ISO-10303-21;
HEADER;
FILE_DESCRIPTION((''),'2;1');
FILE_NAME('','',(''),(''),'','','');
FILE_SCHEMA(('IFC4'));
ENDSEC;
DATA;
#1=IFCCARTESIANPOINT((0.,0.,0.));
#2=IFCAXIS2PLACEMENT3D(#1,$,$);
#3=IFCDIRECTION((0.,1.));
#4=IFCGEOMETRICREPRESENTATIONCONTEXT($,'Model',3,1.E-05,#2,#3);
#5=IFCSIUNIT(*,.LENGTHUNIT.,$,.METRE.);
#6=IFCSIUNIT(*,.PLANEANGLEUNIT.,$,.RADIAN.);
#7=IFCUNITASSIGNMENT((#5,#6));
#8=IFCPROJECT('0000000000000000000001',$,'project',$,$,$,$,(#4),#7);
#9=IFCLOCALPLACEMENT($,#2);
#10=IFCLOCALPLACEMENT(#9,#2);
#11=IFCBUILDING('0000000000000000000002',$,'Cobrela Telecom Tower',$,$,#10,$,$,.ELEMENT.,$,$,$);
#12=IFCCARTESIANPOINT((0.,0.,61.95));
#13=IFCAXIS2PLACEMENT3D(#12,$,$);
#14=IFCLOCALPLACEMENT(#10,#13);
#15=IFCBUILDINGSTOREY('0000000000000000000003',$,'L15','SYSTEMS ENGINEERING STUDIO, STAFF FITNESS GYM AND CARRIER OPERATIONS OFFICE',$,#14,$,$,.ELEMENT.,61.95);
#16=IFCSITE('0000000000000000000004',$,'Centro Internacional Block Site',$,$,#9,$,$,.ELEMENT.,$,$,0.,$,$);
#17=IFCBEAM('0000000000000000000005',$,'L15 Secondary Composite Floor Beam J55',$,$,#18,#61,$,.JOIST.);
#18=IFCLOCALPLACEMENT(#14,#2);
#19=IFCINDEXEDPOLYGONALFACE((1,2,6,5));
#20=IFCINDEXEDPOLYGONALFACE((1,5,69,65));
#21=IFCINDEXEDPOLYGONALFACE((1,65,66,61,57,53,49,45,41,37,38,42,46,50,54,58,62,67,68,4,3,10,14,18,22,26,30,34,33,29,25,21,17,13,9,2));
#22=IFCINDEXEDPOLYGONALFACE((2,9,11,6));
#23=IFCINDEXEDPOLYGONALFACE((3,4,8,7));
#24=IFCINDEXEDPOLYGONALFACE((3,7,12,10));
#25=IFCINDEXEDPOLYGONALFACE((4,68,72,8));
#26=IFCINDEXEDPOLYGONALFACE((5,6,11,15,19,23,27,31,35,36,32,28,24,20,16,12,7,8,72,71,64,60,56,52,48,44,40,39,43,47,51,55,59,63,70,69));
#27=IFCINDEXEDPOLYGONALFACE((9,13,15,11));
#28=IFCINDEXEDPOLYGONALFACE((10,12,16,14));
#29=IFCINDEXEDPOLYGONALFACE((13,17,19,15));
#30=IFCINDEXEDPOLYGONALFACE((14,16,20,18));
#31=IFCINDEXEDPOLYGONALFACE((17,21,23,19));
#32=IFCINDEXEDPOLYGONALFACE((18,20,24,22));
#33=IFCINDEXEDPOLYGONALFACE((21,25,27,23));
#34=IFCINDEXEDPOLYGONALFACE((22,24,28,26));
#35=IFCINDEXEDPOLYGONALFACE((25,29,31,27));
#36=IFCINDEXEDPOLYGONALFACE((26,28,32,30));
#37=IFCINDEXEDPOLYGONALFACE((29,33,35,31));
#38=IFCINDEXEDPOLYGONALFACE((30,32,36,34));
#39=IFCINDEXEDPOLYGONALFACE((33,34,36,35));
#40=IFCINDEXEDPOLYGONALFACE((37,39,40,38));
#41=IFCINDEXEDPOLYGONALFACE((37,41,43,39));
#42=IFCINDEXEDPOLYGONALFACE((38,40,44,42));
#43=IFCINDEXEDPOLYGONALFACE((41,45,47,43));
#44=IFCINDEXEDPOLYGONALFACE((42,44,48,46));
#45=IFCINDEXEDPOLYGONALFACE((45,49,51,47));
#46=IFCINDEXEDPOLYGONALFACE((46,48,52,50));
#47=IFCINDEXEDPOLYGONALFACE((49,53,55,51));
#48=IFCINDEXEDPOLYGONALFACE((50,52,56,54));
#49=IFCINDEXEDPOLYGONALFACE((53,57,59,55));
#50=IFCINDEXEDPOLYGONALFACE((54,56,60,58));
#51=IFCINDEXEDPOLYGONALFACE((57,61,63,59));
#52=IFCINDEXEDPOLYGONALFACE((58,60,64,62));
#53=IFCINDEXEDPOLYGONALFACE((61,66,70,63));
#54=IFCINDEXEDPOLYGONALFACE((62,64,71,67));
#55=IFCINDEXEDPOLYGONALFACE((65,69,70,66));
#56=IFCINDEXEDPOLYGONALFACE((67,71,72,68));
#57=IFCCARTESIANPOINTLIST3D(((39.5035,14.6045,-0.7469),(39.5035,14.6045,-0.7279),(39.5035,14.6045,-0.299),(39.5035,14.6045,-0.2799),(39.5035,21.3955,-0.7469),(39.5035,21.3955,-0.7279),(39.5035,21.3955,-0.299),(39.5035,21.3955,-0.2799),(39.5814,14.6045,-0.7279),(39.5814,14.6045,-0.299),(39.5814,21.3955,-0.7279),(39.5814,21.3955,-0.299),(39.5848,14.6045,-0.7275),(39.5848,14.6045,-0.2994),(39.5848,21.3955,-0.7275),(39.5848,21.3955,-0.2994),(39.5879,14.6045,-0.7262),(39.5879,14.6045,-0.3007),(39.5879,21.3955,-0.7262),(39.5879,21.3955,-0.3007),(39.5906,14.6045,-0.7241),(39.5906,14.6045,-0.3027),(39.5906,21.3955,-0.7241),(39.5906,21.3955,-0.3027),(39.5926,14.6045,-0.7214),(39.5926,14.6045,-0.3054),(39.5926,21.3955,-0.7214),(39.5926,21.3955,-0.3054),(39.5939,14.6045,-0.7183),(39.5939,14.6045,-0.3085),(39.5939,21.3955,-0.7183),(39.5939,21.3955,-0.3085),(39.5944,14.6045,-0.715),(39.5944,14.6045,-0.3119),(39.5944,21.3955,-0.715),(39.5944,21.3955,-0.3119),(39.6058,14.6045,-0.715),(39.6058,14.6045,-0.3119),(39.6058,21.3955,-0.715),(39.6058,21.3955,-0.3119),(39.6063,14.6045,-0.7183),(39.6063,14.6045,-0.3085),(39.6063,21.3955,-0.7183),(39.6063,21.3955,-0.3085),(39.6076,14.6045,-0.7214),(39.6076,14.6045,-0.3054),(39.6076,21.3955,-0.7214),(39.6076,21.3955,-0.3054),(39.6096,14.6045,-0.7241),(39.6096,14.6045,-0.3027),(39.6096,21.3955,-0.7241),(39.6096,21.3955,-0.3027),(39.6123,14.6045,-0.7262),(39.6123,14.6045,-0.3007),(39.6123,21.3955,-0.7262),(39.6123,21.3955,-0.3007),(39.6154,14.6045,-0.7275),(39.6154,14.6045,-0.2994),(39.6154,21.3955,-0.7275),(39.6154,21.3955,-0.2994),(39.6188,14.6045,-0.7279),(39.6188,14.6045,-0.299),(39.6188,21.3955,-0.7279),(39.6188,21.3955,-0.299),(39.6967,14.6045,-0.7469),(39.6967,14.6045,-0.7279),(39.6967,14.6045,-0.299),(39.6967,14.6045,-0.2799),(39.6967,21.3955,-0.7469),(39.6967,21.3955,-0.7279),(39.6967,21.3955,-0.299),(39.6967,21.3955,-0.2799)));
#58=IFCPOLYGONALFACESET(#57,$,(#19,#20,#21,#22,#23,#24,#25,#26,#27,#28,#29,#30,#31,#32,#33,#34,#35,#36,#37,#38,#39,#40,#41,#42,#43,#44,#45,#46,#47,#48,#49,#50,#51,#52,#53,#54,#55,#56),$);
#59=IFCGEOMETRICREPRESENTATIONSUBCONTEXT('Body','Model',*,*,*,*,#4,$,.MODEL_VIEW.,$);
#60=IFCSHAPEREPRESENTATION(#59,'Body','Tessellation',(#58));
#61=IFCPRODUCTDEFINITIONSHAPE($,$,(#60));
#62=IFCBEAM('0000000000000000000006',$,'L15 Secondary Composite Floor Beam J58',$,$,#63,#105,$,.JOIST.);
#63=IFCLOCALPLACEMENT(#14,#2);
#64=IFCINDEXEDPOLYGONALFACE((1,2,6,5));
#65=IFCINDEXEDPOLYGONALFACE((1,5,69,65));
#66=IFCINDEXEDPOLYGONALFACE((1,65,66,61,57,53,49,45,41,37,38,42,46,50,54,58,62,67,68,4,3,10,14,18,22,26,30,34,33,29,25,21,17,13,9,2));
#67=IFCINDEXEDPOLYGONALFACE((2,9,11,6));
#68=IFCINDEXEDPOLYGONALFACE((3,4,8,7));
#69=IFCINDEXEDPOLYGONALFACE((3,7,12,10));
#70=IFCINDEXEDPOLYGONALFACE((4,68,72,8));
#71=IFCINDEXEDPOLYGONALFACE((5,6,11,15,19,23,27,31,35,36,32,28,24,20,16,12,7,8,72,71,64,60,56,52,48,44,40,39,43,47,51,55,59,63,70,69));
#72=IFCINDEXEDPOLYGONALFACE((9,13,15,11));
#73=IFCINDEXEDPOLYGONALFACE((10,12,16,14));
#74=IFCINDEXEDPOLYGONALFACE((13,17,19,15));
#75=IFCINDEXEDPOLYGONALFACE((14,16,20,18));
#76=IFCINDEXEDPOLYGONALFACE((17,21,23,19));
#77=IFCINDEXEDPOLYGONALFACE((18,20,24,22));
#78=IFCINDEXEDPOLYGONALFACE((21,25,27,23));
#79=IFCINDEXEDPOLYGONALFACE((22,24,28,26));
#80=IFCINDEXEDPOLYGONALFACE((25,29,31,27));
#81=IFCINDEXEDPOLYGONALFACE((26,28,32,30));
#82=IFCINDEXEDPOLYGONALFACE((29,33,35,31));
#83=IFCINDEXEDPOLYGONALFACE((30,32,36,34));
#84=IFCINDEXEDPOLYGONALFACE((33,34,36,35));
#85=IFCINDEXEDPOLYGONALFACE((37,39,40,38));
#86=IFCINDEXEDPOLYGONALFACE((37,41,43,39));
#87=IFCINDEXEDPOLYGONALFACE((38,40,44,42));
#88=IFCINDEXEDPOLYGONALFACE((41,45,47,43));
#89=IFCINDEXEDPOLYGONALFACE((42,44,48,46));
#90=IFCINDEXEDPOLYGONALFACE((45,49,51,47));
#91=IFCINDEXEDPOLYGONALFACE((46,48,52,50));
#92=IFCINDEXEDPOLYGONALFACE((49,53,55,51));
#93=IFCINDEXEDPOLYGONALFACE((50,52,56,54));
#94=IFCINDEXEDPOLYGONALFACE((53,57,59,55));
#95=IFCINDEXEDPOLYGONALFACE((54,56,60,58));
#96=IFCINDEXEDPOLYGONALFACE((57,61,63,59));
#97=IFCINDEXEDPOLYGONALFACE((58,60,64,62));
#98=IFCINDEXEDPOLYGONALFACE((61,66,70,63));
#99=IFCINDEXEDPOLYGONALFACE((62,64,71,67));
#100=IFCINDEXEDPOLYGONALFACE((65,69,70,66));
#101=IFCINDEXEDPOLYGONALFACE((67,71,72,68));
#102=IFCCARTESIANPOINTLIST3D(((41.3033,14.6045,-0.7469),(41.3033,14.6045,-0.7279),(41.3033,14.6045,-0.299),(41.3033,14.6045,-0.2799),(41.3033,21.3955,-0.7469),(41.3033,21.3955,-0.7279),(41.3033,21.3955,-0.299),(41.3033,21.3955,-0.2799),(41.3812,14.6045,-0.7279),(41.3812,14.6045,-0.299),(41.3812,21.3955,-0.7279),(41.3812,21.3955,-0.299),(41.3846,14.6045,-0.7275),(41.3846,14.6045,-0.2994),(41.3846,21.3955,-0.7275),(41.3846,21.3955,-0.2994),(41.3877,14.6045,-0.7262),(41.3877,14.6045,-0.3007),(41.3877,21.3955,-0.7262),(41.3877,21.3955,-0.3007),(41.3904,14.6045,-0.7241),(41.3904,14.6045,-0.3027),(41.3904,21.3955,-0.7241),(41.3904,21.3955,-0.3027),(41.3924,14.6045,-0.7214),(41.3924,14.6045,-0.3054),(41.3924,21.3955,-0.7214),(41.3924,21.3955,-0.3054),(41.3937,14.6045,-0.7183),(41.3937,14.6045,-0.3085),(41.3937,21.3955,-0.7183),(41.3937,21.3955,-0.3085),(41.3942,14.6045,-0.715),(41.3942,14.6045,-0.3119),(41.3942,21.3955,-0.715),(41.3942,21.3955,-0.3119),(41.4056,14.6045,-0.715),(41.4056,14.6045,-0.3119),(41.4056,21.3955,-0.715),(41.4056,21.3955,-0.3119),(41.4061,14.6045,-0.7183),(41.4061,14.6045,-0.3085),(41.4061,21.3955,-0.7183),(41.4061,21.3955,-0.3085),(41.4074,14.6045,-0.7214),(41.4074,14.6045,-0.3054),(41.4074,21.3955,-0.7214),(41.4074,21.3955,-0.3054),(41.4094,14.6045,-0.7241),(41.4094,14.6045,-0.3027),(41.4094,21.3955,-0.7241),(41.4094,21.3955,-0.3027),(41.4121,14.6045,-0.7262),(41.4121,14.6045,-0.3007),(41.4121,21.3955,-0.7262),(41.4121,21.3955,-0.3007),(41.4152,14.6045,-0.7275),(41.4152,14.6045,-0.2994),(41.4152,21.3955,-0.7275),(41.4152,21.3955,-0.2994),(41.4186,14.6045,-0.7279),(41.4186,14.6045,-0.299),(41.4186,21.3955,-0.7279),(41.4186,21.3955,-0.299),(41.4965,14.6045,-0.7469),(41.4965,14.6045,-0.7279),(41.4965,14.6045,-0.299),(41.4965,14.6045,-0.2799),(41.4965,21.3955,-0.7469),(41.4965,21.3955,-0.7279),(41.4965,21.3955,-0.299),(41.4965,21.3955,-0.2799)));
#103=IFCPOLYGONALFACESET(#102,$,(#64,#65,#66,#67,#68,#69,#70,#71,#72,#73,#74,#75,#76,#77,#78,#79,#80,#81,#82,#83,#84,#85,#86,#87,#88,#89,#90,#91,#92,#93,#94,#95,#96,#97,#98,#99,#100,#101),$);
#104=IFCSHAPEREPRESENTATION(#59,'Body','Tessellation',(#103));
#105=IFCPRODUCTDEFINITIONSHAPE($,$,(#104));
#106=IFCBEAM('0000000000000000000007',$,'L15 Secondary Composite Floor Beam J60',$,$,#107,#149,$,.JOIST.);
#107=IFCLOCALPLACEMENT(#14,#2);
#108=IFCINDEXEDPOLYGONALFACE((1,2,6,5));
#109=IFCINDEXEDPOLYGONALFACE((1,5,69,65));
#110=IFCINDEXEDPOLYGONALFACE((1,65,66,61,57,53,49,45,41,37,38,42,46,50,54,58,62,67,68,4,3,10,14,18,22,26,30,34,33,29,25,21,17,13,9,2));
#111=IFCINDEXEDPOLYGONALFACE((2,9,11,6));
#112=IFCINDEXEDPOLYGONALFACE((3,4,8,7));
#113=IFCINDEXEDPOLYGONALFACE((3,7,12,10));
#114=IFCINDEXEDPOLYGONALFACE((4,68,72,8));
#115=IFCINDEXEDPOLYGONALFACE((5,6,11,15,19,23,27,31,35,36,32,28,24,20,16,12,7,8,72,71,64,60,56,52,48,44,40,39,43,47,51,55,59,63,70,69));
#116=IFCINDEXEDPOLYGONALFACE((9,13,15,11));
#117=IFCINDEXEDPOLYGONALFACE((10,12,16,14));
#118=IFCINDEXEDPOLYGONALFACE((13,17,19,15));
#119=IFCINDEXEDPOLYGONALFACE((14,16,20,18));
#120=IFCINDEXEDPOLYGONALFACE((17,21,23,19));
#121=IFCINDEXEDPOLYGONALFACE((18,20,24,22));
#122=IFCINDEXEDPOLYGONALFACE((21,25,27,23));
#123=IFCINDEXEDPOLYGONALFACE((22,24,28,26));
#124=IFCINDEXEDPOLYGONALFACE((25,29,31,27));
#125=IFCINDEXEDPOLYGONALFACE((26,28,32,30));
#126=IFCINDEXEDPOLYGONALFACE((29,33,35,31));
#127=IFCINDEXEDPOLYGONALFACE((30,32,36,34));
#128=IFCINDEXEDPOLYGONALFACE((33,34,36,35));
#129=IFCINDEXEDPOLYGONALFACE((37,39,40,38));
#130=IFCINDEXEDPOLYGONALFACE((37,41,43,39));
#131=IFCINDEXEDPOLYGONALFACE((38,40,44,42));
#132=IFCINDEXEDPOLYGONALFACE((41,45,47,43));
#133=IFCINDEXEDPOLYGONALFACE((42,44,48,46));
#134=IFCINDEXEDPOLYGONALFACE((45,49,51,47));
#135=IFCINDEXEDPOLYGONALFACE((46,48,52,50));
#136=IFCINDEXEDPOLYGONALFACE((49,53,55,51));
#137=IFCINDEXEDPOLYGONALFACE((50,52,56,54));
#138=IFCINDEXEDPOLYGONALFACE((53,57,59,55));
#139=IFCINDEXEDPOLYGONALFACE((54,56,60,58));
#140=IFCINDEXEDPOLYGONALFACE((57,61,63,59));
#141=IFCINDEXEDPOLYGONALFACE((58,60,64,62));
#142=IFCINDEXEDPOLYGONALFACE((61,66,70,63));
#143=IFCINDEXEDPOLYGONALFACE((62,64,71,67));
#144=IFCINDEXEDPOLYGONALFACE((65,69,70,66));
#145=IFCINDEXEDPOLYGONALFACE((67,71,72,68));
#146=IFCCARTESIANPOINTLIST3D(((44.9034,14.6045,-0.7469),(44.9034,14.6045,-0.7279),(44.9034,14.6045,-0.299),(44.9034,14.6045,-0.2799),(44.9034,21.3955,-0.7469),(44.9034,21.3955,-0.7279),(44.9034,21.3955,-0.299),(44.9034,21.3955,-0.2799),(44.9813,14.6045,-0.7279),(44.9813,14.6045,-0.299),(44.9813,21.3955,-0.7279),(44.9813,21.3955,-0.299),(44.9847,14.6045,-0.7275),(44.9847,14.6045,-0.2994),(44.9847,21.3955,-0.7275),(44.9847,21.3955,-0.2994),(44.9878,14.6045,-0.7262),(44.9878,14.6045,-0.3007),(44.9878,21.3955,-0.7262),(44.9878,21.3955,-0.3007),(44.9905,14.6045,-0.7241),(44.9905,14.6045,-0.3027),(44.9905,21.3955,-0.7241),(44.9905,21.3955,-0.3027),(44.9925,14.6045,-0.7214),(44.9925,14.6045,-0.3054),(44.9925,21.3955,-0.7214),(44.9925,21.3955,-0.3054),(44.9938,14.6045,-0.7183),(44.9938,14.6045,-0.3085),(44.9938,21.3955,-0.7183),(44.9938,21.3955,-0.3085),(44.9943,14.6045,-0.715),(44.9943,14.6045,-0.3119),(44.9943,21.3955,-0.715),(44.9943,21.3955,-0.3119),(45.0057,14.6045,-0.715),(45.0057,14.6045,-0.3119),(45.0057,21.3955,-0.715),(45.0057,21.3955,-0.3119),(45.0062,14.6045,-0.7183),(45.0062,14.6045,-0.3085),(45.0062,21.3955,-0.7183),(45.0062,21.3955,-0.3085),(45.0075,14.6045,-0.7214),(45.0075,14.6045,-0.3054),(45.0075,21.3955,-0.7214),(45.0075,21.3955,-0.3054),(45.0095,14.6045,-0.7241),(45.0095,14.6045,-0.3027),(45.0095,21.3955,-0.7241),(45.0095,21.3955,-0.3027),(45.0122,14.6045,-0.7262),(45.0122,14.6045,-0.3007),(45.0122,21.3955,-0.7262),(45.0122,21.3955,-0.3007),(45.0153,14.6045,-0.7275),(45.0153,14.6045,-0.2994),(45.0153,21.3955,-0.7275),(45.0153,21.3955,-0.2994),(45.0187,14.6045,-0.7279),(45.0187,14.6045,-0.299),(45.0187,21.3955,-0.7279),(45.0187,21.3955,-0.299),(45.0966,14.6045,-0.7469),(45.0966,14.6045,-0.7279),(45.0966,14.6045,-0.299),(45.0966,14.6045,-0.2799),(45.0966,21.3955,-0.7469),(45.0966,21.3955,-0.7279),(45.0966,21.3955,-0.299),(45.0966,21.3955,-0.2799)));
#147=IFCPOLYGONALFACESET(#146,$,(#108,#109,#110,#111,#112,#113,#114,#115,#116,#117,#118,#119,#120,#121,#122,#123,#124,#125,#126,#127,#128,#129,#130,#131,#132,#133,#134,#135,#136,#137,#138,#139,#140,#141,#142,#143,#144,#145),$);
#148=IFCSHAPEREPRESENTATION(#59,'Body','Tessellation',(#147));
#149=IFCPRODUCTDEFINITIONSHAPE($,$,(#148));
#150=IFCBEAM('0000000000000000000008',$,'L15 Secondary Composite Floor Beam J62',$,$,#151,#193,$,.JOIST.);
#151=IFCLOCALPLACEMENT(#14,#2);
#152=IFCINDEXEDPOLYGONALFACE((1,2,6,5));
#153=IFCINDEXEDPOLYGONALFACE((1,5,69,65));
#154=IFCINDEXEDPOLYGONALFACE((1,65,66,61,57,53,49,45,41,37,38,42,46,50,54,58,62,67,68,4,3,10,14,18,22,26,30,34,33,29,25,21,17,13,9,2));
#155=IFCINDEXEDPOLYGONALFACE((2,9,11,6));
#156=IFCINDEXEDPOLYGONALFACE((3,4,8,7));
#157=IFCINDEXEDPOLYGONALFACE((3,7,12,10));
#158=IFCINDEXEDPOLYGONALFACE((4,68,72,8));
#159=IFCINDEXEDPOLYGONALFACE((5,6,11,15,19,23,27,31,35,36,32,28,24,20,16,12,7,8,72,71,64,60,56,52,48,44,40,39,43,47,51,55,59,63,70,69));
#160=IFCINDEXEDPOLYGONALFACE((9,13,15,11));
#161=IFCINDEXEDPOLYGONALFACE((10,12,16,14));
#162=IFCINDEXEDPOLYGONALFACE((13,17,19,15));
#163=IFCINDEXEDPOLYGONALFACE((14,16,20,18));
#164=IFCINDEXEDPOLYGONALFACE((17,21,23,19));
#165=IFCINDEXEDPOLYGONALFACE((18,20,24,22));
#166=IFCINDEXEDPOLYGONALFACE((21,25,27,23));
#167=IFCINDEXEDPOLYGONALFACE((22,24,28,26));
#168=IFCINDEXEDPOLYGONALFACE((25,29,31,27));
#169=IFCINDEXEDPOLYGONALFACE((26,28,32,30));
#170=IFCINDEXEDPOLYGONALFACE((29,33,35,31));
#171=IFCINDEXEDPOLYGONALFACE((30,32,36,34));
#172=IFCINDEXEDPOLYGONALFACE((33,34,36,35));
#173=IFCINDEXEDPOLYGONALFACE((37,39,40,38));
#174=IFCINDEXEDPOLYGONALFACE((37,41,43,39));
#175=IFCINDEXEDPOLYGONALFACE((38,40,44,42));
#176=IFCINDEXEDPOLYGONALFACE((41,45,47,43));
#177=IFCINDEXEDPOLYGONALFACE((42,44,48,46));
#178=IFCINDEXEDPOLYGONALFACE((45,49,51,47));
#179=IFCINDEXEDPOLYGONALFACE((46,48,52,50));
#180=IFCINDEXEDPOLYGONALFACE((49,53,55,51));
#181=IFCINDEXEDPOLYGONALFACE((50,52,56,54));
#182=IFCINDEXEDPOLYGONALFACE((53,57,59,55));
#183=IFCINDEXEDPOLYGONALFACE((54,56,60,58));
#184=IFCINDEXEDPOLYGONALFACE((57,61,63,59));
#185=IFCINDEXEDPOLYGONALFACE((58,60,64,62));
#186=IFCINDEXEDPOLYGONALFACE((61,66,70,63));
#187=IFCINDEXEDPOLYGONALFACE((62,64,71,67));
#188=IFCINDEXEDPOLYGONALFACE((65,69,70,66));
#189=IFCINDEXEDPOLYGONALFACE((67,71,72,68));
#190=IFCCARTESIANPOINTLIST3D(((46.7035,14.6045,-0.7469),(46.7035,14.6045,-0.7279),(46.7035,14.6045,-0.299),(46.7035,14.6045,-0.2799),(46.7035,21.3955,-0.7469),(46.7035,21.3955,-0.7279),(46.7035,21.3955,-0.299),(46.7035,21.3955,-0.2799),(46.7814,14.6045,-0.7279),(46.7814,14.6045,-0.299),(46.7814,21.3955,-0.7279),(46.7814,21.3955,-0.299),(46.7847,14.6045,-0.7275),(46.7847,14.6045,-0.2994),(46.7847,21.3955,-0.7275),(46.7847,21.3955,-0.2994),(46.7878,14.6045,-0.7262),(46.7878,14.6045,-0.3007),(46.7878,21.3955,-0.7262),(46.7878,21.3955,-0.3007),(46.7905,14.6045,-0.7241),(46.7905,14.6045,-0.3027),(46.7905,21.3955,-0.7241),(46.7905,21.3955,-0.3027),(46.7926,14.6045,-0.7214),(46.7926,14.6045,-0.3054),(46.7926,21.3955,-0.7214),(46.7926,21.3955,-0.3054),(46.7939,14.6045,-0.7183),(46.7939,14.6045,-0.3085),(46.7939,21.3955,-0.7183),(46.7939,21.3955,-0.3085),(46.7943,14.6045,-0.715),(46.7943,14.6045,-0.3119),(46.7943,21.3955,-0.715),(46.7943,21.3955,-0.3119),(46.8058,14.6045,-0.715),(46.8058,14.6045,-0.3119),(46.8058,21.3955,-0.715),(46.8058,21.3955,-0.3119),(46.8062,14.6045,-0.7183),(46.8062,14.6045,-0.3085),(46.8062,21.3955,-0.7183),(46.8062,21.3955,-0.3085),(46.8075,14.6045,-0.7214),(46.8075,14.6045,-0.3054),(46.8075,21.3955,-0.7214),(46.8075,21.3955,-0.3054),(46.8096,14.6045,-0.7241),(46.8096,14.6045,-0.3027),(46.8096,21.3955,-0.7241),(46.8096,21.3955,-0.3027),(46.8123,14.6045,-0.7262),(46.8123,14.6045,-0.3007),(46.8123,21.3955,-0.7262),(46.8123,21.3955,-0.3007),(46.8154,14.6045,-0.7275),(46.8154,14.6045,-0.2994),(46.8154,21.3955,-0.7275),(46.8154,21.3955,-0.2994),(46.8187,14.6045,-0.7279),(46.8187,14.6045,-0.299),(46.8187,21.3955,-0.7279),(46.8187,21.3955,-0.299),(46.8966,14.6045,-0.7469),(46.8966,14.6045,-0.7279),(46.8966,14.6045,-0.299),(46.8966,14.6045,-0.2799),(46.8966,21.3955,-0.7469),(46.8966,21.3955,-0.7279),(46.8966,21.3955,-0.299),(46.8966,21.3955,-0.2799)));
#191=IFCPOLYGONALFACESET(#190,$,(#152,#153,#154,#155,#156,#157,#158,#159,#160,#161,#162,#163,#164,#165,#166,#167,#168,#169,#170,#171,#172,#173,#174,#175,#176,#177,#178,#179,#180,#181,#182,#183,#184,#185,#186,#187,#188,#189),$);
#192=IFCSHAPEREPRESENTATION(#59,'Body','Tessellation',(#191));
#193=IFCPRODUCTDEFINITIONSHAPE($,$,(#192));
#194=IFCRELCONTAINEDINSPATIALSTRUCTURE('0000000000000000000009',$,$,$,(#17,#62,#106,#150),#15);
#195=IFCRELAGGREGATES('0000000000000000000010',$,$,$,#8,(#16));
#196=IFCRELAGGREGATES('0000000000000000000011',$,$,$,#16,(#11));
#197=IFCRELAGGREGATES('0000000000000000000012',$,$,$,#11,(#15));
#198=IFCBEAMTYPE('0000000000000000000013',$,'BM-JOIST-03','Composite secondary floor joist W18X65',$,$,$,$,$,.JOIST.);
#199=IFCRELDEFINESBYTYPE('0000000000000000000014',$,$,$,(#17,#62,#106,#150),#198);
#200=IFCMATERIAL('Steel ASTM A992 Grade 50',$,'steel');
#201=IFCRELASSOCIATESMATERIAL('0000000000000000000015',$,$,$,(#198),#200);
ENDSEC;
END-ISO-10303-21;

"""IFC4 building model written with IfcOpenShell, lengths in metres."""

from ifc_helpers import new_model, si_unit, direction, frame, origin, origin_2d, place, context, subcontext, project, spatial, i_section, extrude, material, material_profile, profile_set, type_object, element, save


model = new_model("IFC4")

# Units and contexts
model_context = context("Model", 3, precision=1e-05, world=origin(), true_north=direction((0.0, 1.0)))
body_context = subcontext(model_context, "Body", "Model", "MODEL_VIEW")
ifc_project = project(units=[si_unit("LENGTHUNIT", "METRE"), si_unit("PLANEANGLEUNIT", "RADIAN")], contexts=[model_context])

# Site, building, storey
site_placement = place(None, origin())
site = spatial("IfcSite", under=ifc_project, at=site_placement, Name="Centro Internacional Block Site", CompositionType="ELEMENT", RefElevation=0.0)
building_placement = place(site_placement, origin())
building = spatial("IfcBuilding", under=site, at=building_placement, Name="Cobrela Telecom Tower", CompositionType="ELEMENT")
storey_placement = place(building_placement, frame((0.0, 0.0, 61.95)))
storey = spatial("IfcBuildingStorey", under=building, at=storey_placement, Name="L15", Description="SYSTEMS ENGINEERING STUDIO, STAFF FITNESS GYM AND CARRIER OPERATIONS OFFICE", CompositionType="ELEMENT", Elevation=61.95)

# Shared definitions
ifc_material_1 = material(Name="Steel ASTM A992 Grade 50", Category="steel")

# Beams
ifc_material_profile_1 = material_profile(ifc_material_1, i_section(OverallWidth=0.1931, OverallDepth=0.467, WebThickness=0.0115, FlangeThickness=0.019, FilletRadius=0.0129, at=origin_2d()), Name="W18X65")
ifc_profile_set_1 = profile_set([ifc_material_profile_1], Name="Steel ASTM A992 Grade 50")
beam_type_1 = type_object("IfcBeamType", Name="BM-JOIST-03", Description="Composite secondary floor joist W18X65", PredefinedType="JOIST", material=ifc_profile_set_1)
for number, where, z_axis, x_axis, name in (
    (1, (39.6001, 14.6045, -0.5134), (0.0, 1.0, 0.0), (-1.0, 0.0, 0.0), "L15 Secondary Composite Floor Beam J55"),
    (2, (41.3999, 14.6045, -0.5134), (0.0, 1.0, 0.0), (-1.0, 0.0, 0.0), "L15 Secondary Composite Floor Beam J58"),
    (3, (45.0, 14.6045, -0.5134), (0.0, 1.0, 0.0), (-1.0, 0.0, 0.0), "L15 Secondary Composite Floor Beam J60"),
    (4, (46.8, 14.6045, -0.5134), (0.0, 1.0, 0.0), (-1.0, 0.0, 0.0), "L15 Secondary Composite Floor Beam J62"),
):
    element("IfcBeam", number, at=place(storey_placement, frame(where, z_axis=z_axis, x_axis=x_axis)), inside=storey, type_object=beam_type_1, Name=name, PredefinedType="JOIST", context=body_context, shape_type="SweptSolid", body=[
        extrude(i_section(OverallWidth=0.1931, OverallDepth=0.467, WebThickness=0.0115, FlangeThickness=0.019, FilletRadius=0.0129, at=origin_2d()), origin(), (0.0, 0.0, 1.0), 6.791),
    ])

save(model, "model.ifc")
